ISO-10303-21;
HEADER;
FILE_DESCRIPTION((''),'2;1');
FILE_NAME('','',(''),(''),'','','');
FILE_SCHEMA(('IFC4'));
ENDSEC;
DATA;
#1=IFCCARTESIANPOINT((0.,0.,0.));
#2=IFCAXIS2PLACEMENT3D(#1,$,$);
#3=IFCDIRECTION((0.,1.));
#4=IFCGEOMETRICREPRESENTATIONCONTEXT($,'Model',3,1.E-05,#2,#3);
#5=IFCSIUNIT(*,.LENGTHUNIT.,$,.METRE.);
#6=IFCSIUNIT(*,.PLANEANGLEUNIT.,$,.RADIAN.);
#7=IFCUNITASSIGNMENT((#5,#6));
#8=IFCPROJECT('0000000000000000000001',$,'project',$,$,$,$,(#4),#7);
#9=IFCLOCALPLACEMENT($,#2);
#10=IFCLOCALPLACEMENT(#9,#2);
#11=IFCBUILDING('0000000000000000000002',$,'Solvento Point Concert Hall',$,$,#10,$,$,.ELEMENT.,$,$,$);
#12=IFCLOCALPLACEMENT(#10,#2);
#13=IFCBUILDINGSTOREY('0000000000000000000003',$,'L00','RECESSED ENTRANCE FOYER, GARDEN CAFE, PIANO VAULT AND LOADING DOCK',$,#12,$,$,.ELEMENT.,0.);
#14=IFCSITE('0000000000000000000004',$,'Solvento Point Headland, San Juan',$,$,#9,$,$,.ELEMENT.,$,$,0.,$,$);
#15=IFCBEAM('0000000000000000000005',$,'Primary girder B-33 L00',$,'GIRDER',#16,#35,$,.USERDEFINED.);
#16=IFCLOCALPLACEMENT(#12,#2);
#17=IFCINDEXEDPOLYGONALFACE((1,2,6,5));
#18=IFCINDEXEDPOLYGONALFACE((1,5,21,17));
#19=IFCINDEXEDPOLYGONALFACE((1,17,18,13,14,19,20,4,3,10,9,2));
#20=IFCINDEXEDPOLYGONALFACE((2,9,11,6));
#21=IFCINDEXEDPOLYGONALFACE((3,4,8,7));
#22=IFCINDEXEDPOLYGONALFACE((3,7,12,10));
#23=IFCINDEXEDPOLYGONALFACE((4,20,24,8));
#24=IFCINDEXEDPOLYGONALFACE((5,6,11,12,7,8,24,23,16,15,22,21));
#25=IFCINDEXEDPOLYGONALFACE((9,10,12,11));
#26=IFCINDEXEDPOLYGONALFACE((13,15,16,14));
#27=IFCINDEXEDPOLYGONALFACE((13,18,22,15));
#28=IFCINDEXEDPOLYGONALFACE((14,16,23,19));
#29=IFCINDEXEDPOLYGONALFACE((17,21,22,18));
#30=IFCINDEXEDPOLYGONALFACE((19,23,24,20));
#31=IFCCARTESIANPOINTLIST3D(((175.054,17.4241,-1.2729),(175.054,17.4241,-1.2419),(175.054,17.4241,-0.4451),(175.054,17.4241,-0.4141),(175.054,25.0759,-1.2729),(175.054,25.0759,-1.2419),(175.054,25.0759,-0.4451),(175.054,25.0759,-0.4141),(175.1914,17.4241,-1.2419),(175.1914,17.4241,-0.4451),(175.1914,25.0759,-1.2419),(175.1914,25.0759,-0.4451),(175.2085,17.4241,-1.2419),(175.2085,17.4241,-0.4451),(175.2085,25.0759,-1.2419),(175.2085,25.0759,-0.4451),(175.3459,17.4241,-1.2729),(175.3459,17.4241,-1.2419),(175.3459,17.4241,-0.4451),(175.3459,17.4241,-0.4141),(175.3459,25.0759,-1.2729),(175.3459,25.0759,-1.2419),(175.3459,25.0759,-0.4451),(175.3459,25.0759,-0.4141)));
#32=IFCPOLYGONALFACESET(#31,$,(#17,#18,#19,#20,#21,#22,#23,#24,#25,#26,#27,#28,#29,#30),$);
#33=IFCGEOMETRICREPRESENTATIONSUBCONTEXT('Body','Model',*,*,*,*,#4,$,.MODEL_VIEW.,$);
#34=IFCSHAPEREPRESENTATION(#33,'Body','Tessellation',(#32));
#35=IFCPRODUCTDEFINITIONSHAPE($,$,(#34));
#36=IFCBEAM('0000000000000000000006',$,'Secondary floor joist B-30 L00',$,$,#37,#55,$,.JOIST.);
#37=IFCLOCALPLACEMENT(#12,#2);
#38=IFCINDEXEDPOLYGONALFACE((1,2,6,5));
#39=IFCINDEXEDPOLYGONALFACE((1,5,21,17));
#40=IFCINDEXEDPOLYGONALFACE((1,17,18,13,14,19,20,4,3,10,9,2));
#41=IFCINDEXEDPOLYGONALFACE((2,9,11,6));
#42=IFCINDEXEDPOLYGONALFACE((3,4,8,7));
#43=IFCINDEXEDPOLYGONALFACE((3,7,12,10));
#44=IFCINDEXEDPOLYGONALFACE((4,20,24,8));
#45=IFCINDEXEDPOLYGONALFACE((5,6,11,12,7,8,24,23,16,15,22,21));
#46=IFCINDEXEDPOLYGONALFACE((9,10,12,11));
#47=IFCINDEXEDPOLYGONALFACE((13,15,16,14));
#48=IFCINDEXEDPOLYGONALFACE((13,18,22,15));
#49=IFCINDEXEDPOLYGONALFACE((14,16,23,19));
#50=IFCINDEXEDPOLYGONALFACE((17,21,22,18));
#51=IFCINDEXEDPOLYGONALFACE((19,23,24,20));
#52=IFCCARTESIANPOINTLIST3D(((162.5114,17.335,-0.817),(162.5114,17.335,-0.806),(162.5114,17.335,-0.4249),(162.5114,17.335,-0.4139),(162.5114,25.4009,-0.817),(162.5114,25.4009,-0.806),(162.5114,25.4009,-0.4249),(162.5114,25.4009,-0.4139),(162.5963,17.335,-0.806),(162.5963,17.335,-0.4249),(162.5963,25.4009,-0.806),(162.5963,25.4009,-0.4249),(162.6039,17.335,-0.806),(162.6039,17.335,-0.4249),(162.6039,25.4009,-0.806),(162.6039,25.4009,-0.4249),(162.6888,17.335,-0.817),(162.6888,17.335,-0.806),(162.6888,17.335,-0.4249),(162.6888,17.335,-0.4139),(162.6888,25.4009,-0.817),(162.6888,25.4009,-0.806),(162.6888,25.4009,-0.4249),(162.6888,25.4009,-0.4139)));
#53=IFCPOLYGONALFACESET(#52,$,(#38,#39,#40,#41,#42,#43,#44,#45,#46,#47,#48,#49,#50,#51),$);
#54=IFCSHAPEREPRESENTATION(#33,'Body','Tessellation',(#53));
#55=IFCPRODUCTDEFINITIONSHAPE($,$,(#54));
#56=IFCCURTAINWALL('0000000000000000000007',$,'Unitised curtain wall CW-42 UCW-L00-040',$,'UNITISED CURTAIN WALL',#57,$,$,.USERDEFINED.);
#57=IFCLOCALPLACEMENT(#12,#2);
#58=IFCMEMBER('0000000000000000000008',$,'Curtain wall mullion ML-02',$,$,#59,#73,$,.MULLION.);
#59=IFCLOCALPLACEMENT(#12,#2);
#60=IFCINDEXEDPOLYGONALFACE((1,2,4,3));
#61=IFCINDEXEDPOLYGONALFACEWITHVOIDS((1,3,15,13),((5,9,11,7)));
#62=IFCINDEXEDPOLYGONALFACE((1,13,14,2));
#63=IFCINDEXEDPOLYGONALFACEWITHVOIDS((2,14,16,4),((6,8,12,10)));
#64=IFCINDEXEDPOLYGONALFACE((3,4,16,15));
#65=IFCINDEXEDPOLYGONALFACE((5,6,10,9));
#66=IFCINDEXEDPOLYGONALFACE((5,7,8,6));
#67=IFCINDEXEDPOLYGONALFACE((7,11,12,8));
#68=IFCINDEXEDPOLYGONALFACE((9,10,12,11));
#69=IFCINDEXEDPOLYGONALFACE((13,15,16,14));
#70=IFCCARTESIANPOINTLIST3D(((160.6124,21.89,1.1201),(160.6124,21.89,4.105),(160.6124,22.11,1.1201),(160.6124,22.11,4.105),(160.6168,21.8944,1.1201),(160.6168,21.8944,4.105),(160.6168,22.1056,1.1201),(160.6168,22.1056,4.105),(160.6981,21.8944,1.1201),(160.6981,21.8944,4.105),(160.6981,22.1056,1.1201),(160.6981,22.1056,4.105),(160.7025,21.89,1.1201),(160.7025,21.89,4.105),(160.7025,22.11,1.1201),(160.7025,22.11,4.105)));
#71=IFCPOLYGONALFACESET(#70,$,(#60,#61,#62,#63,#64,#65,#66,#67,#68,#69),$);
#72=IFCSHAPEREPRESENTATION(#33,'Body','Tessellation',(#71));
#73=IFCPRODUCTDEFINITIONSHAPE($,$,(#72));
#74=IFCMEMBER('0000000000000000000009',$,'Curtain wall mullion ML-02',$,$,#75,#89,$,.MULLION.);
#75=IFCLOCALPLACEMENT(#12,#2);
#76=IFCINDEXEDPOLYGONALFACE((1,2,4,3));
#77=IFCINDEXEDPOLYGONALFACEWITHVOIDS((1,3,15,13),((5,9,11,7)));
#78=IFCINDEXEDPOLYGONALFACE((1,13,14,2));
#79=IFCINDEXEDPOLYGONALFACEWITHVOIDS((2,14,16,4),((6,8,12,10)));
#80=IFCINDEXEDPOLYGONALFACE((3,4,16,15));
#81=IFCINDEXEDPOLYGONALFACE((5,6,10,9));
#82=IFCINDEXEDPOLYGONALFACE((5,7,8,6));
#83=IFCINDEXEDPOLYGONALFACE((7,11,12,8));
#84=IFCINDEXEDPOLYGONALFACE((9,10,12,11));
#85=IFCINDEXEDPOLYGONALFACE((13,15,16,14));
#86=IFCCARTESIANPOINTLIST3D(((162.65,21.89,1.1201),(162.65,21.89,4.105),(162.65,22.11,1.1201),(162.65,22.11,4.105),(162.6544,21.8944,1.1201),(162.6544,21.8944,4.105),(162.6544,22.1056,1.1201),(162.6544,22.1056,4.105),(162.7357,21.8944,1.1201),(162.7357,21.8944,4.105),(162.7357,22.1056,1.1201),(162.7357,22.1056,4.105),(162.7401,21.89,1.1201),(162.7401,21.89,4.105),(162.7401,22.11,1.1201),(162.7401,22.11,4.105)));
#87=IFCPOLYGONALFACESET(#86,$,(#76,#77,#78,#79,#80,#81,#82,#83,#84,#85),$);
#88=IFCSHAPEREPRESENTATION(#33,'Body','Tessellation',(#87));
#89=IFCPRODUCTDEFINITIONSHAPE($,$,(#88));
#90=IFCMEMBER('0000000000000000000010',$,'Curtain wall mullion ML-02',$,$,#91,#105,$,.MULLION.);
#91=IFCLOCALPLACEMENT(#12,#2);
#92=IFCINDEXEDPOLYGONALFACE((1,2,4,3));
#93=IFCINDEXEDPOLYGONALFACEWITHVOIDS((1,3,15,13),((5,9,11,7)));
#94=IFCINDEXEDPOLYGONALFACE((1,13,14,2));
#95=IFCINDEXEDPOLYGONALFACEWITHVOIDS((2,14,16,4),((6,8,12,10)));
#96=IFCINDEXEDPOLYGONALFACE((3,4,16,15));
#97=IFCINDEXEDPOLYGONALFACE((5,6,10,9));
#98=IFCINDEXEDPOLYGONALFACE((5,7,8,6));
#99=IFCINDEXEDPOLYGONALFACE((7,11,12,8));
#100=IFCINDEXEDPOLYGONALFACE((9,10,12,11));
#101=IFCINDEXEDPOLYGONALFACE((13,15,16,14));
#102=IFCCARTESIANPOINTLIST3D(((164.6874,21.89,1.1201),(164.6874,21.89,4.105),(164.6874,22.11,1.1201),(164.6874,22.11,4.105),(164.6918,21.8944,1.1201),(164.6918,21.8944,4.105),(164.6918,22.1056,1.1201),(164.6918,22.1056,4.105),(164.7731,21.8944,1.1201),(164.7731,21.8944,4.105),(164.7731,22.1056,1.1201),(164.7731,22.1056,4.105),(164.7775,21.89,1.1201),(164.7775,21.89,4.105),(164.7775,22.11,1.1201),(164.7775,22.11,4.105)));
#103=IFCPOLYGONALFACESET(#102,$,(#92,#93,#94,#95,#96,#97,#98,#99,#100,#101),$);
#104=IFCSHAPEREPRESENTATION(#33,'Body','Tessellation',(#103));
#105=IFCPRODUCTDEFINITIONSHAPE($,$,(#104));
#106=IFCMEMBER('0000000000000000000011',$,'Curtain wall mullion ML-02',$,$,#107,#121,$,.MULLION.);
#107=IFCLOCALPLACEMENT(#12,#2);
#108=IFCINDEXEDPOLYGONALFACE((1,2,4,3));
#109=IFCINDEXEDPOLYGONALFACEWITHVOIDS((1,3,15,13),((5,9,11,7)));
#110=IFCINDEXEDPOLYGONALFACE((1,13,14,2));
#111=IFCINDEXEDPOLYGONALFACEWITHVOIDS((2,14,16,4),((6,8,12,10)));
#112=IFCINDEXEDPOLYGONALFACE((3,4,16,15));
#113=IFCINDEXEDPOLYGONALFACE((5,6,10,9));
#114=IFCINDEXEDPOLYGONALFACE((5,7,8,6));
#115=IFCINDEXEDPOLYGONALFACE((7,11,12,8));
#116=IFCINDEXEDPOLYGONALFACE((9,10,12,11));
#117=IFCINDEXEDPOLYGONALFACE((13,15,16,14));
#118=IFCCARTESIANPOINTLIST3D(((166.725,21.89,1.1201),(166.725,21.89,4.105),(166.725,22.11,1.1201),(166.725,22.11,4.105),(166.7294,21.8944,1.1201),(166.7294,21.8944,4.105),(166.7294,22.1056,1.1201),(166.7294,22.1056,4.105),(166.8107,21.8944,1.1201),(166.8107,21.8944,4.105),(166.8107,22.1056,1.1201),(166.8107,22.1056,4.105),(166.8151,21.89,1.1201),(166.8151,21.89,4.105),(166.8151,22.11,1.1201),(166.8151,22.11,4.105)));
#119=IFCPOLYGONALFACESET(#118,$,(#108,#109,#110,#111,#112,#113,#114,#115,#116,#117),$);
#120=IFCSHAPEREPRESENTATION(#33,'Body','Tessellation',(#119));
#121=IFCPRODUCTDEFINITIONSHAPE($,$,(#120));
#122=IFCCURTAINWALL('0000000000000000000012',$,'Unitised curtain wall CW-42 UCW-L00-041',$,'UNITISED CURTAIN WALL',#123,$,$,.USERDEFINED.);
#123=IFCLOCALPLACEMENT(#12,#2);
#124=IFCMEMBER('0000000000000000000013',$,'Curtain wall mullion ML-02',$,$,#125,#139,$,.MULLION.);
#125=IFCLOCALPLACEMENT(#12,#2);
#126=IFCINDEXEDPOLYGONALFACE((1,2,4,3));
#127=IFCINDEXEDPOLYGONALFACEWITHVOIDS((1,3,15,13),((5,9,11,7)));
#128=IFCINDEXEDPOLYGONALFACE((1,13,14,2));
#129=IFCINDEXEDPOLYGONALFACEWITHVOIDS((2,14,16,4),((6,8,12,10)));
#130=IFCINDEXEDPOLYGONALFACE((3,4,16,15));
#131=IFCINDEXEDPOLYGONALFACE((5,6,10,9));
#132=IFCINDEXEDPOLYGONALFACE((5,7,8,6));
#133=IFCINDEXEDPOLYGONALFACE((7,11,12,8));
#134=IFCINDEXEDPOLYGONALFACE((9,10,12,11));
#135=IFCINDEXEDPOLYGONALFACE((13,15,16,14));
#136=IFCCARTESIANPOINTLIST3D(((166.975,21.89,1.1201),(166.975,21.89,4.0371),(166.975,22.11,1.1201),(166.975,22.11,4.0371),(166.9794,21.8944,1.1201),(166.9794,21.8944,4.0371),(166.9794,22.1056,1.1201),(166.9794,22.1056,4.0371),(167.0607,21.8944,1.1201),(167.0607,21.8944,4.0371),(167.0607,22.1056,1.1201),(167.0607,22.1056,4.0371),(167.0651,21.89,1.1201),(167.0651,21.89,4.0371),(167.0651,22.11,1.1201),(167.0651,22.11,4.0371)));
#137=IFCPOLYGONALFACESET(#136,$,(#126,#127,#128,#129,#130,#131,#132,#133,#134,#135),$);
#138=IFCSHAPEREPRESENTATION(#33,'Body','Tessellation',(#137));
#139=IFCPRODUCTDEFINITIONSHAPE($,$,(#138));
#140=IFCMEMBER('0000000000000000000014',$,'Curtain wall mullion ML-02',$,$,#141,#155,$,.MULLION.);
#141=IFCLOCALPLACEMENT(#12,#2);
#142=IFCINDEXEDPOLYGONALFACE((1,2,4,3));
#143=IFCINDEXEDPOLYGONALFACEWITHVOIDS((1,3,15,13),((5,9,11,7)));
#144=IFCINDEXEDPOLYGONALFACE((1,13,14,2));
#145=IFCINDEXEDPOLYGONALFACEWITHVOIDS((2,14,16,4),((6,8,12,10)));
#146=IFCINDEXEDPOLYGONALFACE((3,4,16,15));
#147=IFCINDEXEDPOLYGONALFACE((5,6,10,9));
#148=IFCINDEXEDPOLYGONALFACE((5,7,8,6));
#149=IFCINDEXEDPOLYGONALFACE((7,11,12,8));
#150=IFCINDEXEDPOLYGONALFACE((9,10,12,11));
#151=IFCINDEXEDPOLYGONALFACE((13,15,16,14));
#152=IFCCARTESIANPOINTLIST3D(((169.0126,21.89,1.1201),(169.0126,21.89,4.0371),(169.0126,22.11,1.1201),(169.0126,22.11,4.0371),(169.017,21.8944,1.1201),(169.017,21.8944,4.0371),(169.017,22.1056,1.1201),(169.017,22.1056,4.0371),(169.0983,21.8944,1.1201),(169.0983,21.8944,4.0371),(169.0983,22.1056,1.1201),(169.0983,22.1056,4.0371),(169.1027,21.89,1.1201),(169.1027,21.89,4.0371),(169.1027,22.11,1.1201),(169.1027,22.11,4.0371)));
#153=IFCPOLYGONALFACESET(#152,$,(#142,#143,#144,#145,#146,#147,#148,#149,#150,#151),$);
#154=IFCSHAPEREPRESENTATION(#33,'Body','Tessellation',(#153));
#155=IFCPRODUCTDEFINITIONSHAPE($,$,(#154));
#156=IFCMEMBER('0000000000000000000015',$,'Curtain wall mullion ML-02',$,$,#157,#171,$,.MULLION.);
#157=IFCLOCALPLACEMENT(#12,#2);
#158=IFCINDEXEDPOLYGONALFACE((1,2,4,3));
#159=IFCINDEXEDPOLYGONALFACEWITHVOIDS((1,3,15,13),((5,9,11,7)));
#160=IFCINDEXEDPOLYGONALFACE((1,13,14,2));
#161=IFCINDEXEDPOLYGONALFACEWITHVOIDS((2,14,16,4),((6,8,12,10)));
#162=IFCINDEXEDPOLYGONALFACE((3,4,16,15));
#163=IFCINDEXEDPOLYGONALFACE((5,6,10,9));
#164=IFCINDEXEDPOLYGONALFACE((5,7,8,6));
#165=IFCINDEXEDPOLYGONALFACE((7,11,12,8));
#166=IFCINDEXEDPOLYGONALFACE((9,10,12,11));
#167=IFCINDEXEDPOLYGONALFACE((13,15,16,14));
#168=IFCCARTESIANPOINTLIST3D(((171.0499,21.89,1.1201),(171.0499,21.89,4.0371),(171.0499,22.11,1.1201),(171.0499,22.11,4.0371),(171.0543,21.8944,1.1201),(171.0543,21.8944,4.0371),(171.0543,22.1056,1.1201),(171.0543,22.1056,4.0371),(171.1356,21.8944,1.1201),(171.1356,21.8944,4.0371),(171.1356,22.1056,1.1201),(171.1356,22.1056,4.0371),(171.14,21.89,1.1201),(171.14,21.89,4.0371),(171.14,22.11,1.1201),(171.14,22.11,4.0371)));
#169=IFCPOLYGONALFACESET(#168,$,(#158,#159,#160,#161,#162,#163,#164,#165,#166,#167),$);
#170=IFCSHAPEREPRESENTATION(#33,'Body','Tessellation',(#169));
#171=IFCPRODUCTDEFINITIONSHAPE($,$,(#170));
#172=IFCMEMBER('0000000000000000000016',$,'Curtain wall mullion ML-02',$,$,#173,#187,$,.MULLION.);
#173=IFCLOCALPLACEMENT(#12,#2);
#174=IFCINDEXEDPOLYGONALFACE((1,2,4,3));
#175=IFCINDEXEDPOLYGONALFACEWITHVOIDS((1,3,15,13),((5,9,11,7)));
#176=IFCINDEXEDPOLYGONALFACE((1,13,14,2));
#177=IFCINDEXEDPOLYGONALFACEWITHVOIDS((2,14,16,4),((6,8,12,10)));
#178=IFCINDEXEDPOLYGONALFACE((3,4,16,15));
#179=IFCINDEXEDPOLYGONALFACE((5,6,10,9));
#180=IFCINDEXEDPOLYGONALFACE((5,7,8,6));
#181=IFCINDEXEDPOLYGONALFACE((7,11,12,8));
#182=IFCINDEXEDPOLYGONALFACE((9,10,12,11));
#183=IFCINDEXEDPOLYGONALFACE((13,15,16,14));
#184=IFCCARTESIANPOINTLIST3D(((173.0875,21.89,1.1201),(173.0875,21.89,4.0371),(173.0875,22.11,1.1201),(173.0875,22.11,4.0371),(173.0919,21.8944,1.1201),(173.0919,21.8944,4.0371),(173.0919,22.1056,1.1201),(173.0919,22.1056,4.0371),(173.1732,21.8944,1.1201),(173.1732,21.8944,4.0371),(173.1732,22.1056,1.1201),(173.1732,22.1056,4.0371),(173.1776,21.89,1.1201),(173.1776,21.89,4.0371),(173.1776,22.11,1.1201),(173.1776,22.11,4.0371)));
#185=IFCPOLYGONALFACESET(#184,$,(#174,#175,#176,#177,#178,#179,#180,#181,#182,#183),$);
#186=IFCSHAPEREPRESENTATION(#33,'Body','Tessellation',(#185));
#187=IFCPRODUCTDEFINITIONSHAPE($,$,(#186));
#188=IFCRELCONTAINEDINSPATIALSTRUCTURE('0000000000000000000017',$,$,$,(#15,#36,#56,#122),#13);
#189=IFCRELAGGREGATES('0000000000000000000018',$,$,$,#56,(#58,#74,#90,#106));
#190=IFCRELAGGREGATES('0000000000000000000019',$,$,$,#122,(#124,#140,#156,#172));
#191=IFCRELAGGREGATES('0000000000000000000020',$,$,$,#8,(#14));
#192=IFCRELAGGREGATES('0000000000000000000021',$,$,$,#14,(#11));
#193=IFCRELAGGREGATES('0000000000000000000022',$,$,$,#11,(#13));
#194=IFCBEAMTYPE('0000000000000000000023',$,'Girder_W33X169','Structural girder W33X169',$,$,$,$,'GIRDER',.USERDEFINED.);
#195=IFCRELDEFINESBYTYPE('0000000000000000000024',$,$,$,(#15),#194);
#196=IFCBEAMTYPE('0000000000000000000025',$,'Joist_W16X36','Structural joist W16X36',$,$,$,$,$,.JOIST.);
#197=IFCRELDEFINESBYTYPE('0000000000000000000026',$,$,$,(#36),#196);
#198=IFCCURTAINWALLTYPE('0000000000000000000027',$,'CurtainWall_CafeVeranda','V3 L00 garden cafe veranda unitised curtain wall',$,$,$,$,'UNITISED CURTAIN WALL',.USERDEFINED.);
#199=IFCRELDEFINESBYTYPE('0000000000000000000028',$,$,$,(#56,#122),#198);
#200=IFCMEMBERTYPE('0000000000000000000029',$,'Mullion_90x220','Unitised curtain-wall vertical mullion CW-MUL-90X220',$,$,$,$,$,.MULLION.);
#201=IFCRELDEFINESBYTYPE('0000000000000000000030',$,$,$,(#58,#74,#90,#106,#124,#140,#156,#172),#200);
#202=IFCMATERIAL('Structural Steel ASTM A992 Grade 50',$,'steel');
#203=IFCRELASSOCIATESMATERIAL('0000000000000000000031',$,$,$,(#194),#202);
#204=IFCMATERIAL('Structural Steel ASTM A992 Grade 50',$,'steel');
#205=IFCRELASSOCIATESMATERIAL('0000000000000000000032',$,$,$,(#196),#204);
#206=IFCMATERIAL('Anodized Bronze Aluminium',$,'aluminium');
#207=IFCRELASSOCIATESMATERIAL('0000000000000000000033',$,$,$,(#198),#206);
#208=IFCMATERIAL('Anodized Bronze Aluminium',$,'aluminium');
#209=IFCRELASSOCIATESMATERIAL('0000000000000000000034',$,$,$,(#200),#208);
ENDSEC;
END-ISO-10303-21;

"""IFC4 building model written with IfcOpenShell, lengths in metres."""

from ifc_helpers import new_model, si_unit, direction, frame, origin, origin_2d, place, context, subcontext, project, spatial, hollow_rectangle, i_section, extrude, material, material_profile, profile_set, type_object, element, aggregate, save


model = new_model("IFC4")

# Units and contexts
model_context = context("Model", 3, precision=1e-05, world=origin(), true_north=direction((0.0, 1.0)))
body_context = subcontext(model_context, "Body", "Model", "MODEL_VIEW")
ifc_project = project(units=[si_unit("LENGTHUNIT", "METRE"), si_unit("PLANEANGLEUNIT", "RADIAN")], contexts=[model_context])

# Site, building, storey
site_placement = place(None, origin())
site = spatial("IfcSite", under=ifc_project, at=site_placement, Name="Solvento Point Headland, San Juan", CompositionType="ELEMENT", RefElevation=0.0)
building_placement = place(site_placement, origin())
building = spatial("IfcBuilding", under=site, at=building_placement, Name="Solvento Point Concert Hall", CompositionType="ELEMENT")
storey_placement = place(building_placement, origin())
storey = spatial("IfcBuildingStorey", under=building, at=storey_placement, Name="L00", Description="RECESSED ENTRANCE FOYER, GARDEN CAFE, PIANO VAULT AND LOADING DOCK", CompositionType="ELEMENT", Elevation=0.0)

# Beams
ifc_material_1 = material(Name="Structural Steel ASTM A992 Grade 50", Category="steel")
ifc_material_profile_1 = material_profile(ifc_material_1, i_section(OverallWidth=0.292, OverallDepth=0.8589, WebThickness=0.0171, FlangeThickness=0.031, at=origin_2d()), Name="W33X169")
ifc_profile_set_1 = profile_set([ifc_material_profile_1], Name="Structural Steel ASTM A992 Grade 50")
beam_type_1 = type_object("IfcBeamType", Name="Girder_W33X169", Description="Structural girder W33X169", ElementType="GIRDER", PredefinedType="USERDEFINED", material=ifc_profile_set_1)
beam_1_placement = place(storey_placement, frame((175.2, 17.4241, -0.8435), z_axis=(0.0, 1.0, 0.0), x_axis=(-1.0, 0.0, 0.0)))
element("IfcBeam", 1, at=beam_1_placement, inside=storey, type_object=beam_type_1, Name="Primary girder B-33 L00", ObjectType="GIRDER", PredefinedType="USERDEFINED", context=body_context, shape_type="SweptSolid", body=[
    extrude(i_section(OverallWidth=0.292, OverallDepth=0.8589, WebThickness=0.0171, FlangeThickness=0.031, at=origin_2d()), origin(), (0.0, 0.0, 1.0), 7.6519),
])
ifc_material_2 = material(Name="Structural Steel ASTM A992 Grade 50", Category="steel")
ifc_material_profile_2 = material_profile(ifc_material_2, i_section(OverallWidth=0.1775, OverallDepth=0.4031, WebThickness=0.0076, FlangeThickness=0.011, at=origin_2d()), Name="W16X36")
ifc_profile_set_2 = profile_set([ifc_material_profile_2], Name="Structural Steel ASTM A992 Grade 50")
beam_type_2 = type_object("IfcBeamType", Name="Joist_W16X36", Description="Structural joist W16X36", PredefinedType="JOIST", material=ifc_profile_set_2)
beam_2_placement = place(storey_placement, frame((162.6001, 17.335, -0.6155), z_axis=(0.0, 1.0, 0.0), x_axis=(-1.0, 0.0, 0.0)))
element("IfcBeam", 2, at=beam_2_placement, inside=storey, type_object=beam_type_2, Name="Secondary floor joist B-30 L00", PredefinedType="JOIST", context=body_context, shape_type="SweptSolid", body=[
    extrude(i_section(OverallWidth=0.1775, OverallDepth=0.4031, WebThickness=0.0076, FlangeThickness=0.011, at=origin_2d()), origin(), (0.0, 0.0, 1.0), 8.0659),
])

# Curtain walls, members
ifc_material_3 = material(Name="Anodized Bronze Aluminium", Category="aluminium")
curtain_wall_type = type_object("IfcCurtainWallType", Name="CurtainWall_CafeVeranda", Description="V3 L00 garden cafe veranda unitised curtain wall", ElementType="UNITISED CURTAIN WALL", PredefinedType="USERDEFINED", material=ifc_material_3)
curtain_wall_1_placement = place(storey_placement, origin())
curtain_wall_1 = element("IfcCurtainWall", 3, at=curtain_wall_1_placement, inside=storey, type_object=curtain_wall_type, Name="Unitised curtain wall CW-42 UCW-L00-040", ObjectType="UNITISED CURTAIN WALL", PredefinedType="USERDEFINED")
ifc_material_4 = material(Name="Anodized Bronze Aluminium", Category="aluminium")
ifc_material_profile_3 = material_profile(ifc_material_4, hollow_rectangle(XDim=0.0901, YDim=0.22, WallThickness=0.0044, at=origin_2d()), Name="CW-MUL-90X220")
ifc_profile_set_3 = profile_set([ifc_material_profile_3], Name="Anodized Bronze Aluminium")
member_type_1 = type_object("IfcMemberType", Name="Mullion_90x220", Description="Unitised curtain-wall vertical mullion CW-MUL-90X220", PredefinedType="MULLION", material=ifc_profile_set_3)
member_1_placement = place(storey_placement, frame((160.6575, 22.0, 1.1201), z_axis=(0.0, 0.0, 1.0), x_axis=(1.0, 0.0, 0.0)))
member_1 = element("IfcMember", 4, at=member_1_placement, type_object=member_type_1, Name="Curtain wall mullion ML-02", PredefinedType="MULLION", context=body_context, shape_type="SweptSolid", body=[
    extrude(hollow_rectangle(XDim=0.0901, YDim=0.22, WallThickness=0.0044, at=origin_2d()), origin(), (0.0, 0.0, 1.0), 2.9849),
])
member_2_placement = place(storey_placement, frame((162.6951, 22.0, 1.1201), z_axis=(0.0, 0.0, 1.0), x_axis=(1.0, 0.0, 0.0)))
member_2 = element("IfcMember", 5, at=member_2_placement, type_object=member_type_1, Name="Curtain wall mullion ML-02", PredefinedType="MULLION", context=body_context, shape_type="SweptSolid", body=[
    extrude(hollow_rectangle(XDim=0.0901, YDim=0.22, WallThickness=0.0044, at=origin_2d()), origin(), (0.0, 0.0, 1.0), 2.9849),
])
member_3_placement = place(storey_placement, frame((164.7324, 22.0, 1.1201), z_axis=(0.0, 0.0, 1.0), x_axis=(1.0, 0.0, 0.0)))
member_3 = element("IfcMember", 6, at=member_3_placement, type_object=member_type_1, Name="Curtain wall mullion ML-02", PredefinedType="MULLION", context=body_context, shape_type="SweptSolid", body=[
    extrude(hollow_rectangle(XDim=0.0901, YDim=0.22, WallThickness=0.0044, at=origin_2d()), origin(), (0.0, 0.0, 1.0), 2.9849),
])
member_4_placement = place(storey_placement, frame((166.77, 22.0, 1.1201), z_axis=(0.0, 0.0, 1.0), x_axis=(1.0, 0.0, 0.0)))
member_4 = element("IfcMember", 7, at=member_4_placement, type_object=member_type_1, Name="Curtain wall mullion ML-02", PredefinedType="MULLION", context=body_context, shape_type="SweptSolid", body=[
    extrude(hollow_rectangle(XDim=0.0901, YDim=0.22, WallThickness=0.0044, at=origin_2d()), origin(), (0.0, 0.0, 1.0), 2.9849),
])
curtain_wall_2_placement = place(storey_placement, origin())
curtain_wall_2 = element("IfcCurtainWall", 8, at=curtain_wall_2_placement, inside=storey, type_object=curtain_wall_type, Name="Unitised curtain wall CW-42 UCW-L00-041", ObjectType="UNITISED CURTAIN WALL", PredefinedType="USERDEFINED")
member_5_placement = place(storey_placement, frame((167.02, 22.0, 1.1201), z_axis=(0.0, 0.0, 1.0), x_axis=(1.0, 0.0, 0.0)))
member_5 = element("IfcMember", 9, at=member_5_placement, type_object=member_type_1, Name="Curtain wall mullion ML-02", PredefinedType="MULLION", context=body_context, shape_type="SweptSolid", body=[
    extrude(hollow_rectangle(XDim=0.0901, YDim=0.22, WallThickness=0.0044, at=origin_2d()), origin(), (0.0, 0.0, 1.0), 2.917),
])
member_6_placement = place(storey_placement, frame((169.0576, 22.0, 1.1201), z_axis=(0.0, 0.0, 1.0), x_axis=(1.0, 0.0, 0.0)))
member_6 = element("IfcMember", 10, at=member_6_placement, type_object=member_type_1, Name="Curtain wall mullion ML-02", PredefinedType="MULLION", context=body_context, shape_type="SweptSolid", body=[
    extrude(hollow_rectangle(XDim=0.0901, YDim=0.22, WallThickness=0.0044, at=origin_2d()), origin(), (0.0, 0.0, 1.0), 2.917),
])
member_7_placement = place(storey_placement, frame((171.095, 22.0, 1.1201), z_axis=(0.0, 0.0, 1.0), x_axis=(1.0, 0.0, 0.0)))
member_7 = element("IfcMember", 11, at=member_7_placement, type_object=member_type_1, Name="Curtain wall mullion ML-02", PredefinedType="MULLION", context=body_context, shape_type="SweptSolid", body=[
    extrude(hollow_rectangle(XDim=0.0901, YDim=0.22, WallThickness=0.0044, at=origin_2d()), origin(), (0.0, 0.0, 1.0), 2.917),
])
member_8_placement = place(storey_placement, frame((173.1326, 22.0, 1.1201), z_axis=(0.0, 0.0, 1.0), x_axis=(1.0, 0.0, 0.0)))
member_8 = element("IfcMember", 12, at=member_8_placement, type_object=member_type_1, Name="Curtain wall mullion ML-02", PredefinedType="MULLION", context=body_context, shape_type="SweptSolid", body=[
    extrude(hollow_rectangle(XDim=0.0901, YDim=0.22, WallThickness=0.0044, at=origin_2d()), origin(), (0.0, 0.0, 1.0), 2.917),
])

aggregate(curtain_wall_1, [member_1, member_2, member_3, member_4])
aggregate(curtain_wall_2, [member_5, member_6, member_7, member_8])

save(model, "model.ifc")
